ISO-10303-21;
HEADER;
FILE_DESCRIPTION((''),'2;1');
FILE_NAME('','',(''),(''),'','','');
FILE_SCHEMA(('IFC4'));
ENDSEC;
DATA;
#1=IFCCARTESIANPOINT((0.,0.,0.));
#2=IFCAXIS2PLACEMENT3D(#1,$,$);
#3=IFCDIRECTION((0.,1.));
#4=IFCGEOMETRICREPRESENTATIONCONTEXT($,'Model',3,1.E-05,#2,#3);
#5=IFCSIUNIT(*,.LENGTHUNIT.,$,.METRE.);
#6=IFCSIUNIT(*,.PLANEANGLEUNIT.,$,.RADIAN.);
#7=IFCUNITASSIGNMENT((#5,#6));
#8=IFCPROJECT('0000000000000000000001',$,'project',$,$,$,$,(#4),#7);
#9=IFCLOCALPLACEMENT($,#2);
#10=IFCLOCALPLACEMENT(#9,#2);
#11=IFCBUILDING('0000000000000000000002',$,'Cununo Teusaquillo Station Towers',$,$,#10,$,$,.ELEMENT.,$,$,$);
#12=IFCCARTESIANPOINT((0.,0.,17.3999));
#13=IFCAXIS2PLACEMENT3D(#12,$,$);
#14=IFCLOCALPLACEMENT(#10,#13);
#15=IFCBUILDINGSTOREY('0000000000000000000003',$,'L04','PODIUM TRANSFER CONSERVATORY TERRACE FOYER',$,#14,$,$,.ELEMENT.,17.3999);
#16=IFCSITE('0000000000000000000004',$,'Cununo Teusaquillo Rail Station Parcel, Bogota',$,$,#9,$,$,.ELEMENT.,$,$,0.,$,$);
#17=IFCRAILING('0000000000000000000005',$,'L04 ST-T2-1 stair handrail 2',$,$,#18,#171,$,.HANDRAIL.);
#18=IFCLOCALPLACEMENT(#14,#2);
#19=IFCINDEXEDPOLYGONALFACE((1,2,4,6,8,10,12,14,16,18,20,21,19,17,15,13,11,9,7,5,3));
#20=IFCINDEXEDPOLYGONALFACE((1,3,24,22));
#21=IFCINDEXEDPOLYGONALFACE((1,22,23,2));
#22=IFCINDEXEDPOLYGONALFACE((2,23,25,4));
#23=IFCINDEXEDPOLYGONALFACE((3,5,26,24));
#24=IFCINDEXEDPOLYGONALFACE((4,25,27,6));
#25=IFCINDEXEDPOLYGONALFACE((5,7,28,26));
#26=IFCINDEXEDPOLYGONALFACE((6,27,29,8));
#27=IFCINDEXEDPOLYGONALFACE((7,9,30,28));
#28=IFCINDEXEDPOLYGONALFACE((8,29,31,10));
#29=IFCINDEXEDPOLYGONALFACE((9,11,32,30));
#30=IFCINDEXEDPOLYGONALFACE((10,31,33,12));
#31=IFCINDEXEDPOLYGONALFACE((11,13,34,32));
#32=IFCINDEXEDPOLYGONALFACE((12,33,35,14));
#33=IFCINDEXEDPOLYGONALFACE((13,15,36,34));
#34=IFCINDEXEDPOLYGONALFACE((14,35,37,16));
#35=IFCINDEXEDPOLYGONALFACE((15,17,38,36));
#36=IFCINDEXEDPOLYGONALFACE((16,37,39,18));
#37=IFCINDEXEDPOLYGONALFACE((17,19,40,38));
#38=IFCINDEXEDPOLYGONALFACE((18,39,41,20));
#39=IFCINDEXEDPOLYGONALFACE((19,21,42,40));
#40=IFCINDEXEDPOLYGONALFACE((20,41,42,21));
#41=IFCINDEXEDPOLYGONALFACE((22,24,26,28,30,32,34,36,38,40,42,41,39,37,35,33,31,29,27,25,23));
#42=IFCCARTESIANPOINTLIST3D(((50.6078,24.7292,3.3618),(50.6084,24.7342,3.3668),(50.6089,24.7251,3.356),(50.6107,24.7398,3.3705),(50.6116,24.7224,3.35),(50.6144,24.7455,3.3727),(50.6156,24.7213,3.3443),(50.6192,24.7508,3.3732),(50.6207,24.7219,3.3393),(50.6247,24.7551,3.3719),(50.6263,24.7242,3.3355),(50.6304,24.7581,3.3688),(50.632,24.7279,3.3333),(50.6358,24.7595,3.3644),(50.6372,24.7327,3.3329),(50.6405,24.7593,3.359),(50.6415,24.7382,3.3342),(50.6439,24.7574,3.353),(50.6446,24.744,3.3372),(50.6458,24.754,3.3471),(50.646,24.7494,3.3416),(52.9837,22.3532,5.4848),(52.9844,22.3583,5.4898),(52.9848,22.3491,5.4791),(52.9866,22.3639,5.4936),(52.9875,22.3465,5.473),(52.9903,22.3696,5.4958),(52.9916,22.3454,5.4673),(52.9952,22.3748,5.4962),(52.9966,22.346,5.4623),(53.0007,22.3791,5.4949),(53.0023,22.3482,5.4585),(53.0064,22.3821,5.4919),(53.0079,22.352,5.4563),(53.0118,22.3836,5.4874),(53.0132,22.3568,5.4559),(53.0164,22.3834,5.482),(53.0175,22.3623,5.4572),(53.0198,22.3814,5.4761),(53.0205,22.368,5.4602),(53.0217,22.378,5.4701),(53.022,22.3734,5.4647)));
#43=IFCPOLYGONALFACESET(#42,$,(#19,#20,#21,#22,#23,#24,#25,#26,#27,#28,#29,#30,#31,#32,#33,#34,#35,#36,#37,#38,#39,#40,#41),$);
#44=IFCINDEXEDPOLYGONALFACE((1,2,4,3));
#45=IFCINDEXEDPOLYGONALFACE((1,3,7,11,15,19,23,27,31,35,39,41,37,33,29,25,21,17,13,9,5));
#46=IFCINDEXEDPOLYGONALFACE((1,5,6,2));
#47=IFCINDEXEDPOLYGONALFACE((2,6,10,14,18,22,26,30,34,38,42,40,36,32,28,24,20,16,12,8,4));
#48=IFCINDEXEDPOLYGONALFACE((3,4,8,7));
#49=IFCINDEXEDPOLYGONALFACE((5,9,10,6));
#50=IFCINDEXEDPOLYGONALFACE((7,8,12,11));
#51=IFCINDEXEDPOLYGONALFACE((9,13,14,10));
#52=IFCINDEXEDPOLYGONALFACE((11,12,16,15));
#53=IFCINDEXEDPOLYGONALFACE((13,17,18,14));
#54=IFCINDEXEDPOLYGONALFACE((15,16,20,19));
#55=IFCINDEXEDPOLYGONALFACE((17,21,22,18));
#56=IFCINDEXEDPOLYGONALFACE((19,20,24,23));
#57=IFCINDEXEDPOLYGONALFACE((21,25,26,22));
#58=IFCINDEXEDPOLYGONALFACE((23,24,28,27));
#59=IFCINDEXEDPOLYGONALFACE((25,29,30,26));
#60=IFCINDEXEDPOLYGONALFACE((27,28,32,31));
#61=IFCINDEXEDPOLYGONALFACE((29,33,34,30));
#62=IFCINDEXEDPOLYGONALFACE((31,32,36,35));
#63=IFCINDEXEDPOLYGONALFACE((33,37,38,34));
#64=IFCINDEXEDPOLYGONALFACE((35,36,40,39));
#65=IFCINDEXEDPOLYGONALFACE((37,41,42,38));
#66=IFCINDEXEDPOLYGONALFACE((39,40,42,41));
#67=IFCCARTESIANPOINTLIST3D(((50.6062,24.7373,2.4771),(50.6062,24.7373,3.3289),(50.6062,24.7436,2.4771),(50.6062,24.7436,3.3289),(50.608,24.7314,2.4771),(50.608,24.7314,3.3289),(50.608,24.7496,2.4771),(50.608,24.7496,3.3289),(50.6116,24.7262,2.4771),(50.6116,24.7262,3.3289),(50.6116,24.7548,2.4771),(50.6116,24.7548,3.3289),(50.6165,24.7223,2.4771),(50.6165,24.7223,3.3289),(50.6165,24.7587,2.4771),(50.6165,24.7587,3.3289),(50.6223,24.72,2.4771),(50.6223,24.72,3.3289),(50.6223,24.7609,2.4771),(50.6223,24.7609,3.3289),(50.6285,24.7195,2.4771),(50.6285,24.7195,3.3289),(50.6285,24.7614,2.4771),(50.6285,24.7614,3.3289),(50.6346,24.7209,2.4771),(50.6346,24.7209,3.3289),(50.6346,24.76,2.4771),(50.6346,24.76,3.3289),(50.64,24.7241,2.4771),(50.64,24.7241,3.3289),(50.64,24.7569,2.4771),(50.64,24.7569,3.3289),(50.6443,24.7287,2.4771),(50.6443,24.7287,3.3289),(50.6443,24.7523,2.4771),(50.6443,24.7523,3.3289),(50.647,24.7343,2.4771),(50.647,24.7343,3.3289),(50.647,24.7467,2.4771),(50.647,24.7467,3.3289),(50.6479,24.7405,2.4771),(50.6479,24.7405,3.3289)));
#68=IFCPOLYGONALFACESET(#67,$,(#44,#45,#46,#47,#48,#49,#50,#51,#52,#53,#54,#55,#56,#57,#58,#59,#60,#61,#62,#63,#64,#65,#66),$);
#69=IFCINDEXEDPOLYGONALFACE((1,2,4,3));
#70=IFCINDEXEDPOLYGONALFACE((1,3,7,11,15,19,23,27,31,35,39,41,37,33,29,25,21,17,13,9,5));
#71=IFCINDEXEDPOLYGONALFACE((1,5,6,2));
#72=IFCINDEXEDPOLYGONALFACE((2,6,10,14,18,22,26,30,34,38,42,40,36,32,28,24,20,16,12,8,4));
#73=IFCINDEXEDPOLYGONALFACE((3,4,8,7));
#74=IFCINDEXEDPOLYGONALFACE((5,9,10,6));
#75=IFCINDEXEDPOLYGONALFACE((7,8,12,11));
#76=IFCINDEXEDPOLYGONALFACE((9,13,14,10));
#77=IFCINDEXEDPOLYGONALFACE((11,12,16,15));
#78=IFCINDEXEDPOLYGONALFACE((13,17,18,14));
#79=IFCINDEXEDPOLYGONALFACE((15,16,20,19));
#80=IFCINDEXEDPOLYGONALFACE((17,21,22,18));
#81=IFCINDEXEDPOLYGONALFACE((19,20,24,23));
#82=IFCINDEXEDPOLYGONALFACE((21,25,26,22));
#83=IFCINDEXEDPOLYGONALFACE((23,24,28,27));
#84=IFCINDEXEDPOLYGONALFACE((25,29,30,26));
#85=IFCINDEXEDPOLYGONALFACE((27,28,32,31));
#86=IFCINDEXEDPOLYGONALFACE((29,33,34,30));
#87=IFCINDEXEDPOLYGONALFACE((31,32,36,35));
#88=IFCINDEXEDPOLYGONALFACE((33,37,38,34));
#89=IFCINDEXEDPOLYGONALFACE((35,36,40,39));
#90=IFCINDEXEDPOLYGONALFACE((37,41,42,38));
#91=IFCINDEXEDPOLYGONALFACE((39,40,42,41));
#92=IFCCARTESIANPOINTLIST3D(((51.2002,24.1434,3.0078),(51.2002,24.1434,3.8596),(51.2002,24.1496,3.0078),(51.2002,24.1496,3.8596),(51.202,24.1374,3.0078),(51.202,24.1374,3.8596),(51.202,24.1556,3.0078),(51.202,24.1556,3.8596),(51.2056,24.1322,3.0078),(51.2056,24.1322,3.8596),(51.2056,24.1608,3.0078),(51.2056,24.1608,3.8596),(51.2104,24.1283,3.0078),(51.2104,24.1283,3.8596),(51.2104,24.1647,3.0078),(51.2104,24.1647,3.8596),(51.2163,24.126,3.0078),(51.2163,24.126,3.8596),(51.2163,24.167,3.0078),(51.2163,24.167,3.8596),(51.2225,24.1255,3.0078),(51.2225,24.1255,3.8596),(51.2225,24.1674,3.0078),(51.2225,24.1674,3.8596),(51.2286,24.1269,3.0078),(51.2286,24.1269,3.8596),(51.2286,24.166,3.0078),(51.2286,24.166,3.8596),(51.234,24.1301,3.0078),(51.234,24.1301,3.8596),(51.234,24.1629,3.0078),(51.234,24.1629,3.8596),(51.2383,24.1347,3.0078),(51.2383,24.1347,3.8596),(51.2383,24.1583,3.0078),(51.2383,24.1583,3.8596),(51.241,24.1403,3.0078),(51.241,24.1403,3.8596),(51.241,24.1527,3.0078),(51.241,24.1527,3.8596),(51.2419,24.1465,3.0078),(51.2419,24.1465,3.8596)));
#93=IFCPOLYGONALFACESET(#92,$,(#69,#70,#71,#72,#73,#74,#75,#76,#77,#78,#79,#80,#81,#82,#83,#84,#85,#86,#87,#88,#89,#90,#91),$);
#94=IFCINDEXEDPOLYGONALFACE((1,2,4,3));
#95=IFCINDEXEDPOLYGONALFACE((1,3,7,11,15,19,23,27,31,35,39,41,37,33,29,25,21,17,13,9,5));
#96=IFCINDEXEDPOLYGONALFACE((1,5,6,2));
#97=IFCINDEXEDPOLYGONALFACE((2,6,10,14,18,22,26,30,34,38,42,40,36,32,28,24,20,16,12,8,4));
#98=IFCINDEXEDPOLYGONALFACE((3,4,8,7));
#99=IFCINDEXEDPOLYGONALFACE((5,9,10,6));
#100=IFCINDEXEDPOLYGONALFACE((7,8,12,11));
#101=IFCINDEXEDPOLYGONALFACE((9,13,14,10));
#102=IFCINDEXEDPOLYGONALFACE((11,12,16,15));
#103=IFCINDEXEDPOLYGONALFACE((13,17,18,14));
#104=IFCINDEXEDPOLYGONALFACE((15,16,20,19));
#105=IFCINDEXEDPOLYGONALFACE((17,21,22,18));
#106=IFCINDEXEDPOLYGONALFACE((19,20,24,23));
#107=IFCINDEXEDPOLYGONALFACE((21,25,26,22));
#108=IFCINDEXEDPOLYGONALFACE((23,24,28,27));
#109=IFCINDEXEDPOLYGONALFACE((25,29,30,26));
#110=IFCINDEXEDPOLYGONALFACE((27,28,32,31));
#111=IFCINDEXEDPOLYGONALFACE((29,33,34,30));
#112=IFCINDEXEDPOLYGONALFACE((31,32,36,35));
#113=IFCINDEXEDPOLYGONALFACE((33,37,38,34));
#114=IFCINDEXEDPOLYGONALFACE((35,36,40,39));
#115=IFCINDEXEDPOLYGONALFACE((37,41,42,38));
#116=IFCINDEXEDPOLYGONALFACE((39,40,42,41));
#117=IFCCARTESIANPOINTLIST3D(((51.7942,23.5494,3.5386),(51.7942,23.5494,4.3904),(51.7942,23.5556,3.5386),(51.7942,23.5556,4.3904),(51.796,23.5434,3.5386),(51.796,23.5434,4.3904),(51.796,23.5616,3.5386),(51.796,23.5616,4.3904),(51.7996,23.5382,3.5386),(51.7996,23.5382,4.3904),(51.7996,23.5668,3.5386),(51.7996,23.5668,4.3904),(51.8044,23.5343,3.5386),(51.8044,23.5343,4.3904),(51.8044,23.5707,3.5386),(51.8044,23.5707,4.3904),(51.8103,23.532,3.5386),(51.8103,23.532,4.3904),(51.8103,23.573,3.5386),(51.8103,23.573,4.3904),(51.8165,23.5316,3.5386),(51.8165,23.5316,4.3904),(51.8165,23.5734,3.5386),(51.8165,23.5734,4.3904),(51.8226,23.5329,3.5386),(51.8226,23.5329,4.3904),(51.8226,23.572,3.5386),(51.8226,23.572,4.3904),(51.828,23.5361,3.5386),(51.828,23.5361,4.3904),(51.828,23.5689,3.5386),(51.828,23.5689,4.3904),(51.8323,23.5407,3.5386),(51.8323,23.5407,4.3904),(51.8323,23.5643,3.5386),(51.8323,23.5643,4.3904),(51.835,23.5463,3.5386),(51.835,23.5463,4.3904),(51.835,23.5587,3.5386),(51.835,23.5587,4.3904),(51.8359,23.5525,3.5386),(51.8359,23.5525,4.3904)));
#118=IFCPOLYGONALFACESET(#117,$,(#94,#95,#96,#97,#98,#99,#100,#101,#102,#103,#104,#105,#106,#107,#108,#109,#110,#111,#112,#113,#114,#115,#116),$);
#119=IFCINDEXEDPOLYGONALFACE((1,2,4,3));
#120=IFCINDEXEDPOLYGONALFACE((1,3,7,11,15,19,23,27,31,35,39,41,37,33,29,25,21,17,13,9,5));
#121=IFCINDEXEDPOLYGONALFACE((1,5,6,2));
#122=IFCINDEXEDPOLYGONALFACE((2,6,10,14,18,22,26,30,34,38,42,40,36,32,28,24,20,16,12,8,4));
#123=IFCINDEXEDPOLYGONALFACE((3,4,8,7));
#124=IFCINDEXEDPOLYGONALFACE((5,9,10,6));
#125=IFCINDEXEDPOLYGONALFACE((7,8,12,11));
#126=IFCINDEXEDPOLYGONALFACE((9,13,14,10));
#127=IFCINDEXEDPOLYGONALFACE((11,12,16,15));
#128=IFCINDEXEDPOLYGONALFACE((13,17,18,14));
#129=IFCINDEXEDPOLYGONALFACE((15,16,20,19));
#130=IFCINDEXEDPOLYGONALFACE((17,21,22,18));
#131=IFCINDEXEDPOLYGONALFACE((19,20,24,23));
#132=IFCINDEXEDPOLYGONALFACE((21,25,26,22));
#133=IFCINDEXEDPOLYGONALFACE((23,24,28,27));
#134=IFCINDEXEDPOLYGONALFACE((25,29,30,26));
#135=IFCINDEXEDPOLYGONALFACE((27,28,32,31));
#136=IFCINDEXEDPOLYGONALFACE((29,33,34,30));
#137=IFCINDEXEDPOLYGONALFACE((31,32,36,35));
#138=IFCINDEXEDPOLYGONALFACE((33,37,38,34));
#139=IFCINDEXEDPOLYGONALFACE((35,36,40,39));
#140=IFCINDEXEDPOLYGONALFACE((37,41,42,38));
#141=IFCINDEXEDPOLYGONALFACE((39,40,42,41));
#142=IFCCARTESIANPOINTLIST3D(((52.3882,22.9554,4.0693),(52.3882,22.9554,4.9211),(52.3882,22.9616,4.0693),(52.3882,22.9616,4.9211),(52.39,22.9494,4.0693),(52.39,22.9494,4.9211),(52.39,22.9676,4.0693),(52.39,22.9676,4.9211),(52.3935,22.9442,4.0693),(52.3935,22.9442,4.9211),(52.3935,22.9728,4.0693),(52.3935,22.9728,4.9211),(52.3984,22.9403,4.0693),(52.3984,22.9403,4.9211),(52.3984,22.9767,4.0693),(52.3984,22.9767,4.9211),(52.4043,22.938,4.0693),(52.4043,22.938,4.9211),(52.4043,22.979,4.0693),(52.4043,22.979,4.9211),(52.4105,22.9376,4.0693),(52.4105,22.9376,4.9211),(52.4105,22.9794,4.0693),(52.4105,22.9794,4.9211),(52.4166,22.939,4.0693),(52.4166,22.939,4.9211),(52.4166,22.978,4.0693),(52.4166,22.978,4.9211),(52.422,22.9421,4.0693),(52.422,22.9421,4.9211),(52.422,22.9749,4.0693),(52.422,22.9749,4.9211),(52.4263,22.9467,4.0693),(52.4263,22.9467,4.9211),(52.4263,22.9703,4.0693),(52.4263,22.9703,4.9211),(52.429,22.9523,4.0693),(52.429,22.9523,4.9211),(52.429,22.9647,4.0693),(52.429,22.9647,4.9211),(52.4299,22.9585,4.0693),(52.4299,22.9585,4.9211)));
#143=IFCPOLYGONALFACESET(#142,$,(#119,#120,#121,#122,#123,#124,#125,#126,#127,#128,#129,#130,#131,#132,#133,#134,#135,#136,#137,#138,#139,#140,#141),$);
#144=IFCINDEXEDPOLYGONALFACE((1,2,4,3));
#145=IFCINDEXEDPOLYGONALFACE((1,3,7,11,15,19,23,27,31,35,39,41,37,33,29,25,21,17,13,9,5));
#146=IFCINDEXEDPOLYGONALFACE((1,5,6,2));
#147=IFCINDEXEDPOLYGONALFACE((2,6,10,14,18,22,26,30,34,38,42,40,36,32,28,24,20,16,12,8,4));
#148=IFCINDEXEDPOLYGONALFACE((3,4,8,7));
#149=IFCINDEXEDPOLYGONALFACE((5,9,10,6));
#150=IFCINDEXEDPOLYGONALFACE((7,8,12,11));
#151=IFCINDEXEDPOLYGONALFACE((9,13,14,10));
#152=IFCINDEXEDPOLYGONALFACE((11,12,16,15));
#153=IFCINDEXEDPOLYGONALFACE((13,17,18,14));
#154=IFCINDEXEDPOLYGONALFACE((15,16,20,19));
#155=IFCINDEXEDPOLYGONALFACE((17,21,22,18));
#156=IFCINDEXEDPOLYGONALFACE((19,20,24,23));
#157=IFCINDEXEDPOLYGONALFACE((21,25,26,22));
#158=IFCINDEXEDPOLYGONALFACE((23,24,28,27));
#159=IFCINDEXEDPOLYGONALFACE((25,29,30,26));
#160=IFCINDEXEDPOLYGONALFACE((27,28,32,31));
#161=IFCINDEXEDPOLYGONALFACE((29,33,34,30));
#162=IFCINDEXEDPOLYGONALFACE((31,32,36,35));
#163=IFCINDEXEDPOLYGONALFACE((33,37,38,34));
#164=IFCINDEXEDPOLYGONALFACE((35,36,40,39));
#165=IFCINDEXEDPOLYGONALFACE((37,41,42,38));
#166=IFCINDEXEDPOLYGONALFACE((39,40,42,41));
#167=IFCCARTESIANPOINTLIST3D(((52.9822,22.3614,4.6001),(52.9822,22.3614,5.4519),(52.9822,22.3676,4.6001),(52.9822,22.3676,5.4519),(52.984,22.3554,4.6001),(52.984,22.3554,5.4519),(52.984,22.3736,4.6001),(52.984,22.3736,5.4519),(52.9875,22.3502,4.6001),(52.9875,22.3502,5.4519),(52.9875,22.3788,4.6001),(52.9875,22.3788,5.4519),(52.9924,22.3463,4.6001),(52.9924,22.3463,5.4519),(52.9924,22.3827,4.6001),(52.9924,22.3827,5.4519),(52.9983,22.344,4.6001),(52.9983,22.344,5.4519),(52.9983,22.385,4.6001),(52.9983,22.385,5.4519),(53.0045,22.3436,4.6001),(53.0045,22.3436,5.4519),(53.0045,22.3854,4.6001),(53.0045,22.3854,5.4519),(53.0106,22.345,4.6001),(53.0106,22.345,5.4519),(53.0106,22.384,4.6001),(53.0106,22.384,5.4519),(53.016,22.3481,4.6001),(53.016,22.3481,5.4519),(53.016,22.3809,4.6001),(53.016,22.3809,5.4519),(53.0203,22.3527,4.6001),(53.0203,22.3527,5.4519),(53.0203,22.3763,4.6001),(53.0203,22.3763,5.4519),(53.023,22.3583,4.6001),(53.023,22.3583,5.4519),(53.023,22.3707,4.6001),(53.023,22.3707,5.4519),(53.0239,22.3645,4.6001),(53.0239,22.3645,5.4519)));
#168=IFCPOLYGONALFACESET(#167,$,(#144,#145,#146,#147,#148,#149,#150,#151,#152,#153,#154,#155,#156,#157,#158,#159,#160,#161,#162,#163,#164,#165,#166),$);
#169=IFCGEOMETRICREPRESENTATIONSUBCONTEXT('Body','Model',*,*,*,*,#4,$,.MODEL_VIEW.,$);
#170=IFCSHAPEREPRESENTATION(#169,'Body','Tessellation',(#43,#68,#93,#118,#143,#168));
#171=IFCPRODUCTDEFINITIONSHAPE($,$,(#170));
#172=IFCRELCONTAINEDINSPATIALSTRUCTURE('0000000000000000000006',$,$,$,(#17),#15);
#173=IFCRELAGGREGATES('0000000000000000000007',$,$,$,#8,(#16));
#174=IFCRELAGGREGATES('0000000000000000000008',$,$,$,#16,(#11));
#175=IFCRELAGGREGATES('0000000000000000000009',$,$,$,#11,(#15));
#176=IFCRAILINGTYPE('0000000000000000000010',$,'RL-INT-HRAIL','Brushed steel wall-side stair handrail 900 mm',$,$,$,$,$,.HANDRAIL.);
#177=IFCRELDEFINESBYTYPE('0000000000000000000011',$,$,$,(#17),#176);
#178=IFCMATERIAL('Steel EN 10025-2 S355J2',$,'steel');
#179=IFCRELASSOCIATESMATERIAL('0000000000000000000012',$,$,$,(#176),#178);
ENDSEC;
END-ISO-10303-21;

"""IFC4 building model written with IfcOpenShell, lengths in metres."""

from ifc_helpers import new_model, si_unit, direction, frame, origin, origin_2d, place, context, subcontext, project, spatial, circle, extrude, material, type_object, element, save


model = new_model("IFC4")

# Units and contexts
model_context = context("Model", 3, precision=1e-05, world=origin(), true_north=direction((0.0, 1.0)))
body_context = subcontext(model_context, "Body", "Model", "MODEL_VIEW")
ifc_project = project(units=[si_unit("LENGTHUNIT", "METRE"), si_unit("PLANEANGLEUNIT", "RADIAN")], contexts=[model_context])

# Site, building, storey
site_placement = place(None, origin())
site = spatial("IfcSite", under=ifc_project, at=site_placement, Name="Cununo Teusaquillo Rail Station Parcel, Bogota", CompositionType="ELEMENT", RefElevation=0.0)
building_placement = place(site_placement, origin())
building = spatial("IfcBuilding", under=site, at=building_placement, Name="Cununo Teusaquillo Station Towers", CompositionType="ELEMENT")
storey_placement = place(building_placement, frame((0.0, 0.0, 17.3999)))
storey = spatial("IfcBuildingStorey", under=building, at=storey_placement, Name="L04", Description="PODIUM TRANSFER CONSERVATORY TERRACE FOYER", CompositionType="ELEMENT", Elevation=17.3999)

# Railing
ifc_material_1 = material(Name="Steel EN 10025-2 S355J2", Category="steel")
railing_type_1 = type_object("IfcRailingType", Name="RL-INT-HRAIL", Description="Brushed steel wall-side stair handrail 900 mm", PredefinedType="HANDRAIL", material=ifc_material_1)
railing_1_placement = place(storey_placement, frame((50.627, 24.7405, 2.4771)))
element("IfcRailing", 1, at=railing_1_placement, inside=storey, type_object=railing_type_1, Name="L04 ST-T2-1 stair handrail 2", PredefinedType="HANDRAIL", context=body_context, shape_type="SweptSolid", body=[
    extrude(circle(Radius=0.0239, at=origin_2d()), frame((0.0, 0.0, 0.876), z_axis=(0.597782, -0.597782, 0.534147), x_axis=(0.707107, 0.707107, 0.0)), (0.0, 0.0, 1.0), 3.9746),
    extrude(circle(Radius=0.021, at=origin_2d()), origin(), (0.0, 0.0, 1.0), 0.8518),
    extrude(circle(Radius=0.021, at=origin_2d()), frame((0.594, -0.594, 0.5308)), (0.0, 0.0, 1.0), 0.8518),
    extrude(circle(Radius=0.021, at=origin_2d()), frame((1.188, -1.188, 1.0615)), (0.0, 0.0, 1.0), 0.8518),
    extrude(circle(Radius=0.021, at=origin_2d()), frame((1.782, -1.782, 1.5923)), (0.0, 0.0, 1.0), 0.8518),
    extrude(circle(Radius=0.021, at=origin_2d()), frame((2.376, -2.376, 2.123)), (0.0, 0.0, 1.0), 0.8518),
])

save(model, "model.ifc")
